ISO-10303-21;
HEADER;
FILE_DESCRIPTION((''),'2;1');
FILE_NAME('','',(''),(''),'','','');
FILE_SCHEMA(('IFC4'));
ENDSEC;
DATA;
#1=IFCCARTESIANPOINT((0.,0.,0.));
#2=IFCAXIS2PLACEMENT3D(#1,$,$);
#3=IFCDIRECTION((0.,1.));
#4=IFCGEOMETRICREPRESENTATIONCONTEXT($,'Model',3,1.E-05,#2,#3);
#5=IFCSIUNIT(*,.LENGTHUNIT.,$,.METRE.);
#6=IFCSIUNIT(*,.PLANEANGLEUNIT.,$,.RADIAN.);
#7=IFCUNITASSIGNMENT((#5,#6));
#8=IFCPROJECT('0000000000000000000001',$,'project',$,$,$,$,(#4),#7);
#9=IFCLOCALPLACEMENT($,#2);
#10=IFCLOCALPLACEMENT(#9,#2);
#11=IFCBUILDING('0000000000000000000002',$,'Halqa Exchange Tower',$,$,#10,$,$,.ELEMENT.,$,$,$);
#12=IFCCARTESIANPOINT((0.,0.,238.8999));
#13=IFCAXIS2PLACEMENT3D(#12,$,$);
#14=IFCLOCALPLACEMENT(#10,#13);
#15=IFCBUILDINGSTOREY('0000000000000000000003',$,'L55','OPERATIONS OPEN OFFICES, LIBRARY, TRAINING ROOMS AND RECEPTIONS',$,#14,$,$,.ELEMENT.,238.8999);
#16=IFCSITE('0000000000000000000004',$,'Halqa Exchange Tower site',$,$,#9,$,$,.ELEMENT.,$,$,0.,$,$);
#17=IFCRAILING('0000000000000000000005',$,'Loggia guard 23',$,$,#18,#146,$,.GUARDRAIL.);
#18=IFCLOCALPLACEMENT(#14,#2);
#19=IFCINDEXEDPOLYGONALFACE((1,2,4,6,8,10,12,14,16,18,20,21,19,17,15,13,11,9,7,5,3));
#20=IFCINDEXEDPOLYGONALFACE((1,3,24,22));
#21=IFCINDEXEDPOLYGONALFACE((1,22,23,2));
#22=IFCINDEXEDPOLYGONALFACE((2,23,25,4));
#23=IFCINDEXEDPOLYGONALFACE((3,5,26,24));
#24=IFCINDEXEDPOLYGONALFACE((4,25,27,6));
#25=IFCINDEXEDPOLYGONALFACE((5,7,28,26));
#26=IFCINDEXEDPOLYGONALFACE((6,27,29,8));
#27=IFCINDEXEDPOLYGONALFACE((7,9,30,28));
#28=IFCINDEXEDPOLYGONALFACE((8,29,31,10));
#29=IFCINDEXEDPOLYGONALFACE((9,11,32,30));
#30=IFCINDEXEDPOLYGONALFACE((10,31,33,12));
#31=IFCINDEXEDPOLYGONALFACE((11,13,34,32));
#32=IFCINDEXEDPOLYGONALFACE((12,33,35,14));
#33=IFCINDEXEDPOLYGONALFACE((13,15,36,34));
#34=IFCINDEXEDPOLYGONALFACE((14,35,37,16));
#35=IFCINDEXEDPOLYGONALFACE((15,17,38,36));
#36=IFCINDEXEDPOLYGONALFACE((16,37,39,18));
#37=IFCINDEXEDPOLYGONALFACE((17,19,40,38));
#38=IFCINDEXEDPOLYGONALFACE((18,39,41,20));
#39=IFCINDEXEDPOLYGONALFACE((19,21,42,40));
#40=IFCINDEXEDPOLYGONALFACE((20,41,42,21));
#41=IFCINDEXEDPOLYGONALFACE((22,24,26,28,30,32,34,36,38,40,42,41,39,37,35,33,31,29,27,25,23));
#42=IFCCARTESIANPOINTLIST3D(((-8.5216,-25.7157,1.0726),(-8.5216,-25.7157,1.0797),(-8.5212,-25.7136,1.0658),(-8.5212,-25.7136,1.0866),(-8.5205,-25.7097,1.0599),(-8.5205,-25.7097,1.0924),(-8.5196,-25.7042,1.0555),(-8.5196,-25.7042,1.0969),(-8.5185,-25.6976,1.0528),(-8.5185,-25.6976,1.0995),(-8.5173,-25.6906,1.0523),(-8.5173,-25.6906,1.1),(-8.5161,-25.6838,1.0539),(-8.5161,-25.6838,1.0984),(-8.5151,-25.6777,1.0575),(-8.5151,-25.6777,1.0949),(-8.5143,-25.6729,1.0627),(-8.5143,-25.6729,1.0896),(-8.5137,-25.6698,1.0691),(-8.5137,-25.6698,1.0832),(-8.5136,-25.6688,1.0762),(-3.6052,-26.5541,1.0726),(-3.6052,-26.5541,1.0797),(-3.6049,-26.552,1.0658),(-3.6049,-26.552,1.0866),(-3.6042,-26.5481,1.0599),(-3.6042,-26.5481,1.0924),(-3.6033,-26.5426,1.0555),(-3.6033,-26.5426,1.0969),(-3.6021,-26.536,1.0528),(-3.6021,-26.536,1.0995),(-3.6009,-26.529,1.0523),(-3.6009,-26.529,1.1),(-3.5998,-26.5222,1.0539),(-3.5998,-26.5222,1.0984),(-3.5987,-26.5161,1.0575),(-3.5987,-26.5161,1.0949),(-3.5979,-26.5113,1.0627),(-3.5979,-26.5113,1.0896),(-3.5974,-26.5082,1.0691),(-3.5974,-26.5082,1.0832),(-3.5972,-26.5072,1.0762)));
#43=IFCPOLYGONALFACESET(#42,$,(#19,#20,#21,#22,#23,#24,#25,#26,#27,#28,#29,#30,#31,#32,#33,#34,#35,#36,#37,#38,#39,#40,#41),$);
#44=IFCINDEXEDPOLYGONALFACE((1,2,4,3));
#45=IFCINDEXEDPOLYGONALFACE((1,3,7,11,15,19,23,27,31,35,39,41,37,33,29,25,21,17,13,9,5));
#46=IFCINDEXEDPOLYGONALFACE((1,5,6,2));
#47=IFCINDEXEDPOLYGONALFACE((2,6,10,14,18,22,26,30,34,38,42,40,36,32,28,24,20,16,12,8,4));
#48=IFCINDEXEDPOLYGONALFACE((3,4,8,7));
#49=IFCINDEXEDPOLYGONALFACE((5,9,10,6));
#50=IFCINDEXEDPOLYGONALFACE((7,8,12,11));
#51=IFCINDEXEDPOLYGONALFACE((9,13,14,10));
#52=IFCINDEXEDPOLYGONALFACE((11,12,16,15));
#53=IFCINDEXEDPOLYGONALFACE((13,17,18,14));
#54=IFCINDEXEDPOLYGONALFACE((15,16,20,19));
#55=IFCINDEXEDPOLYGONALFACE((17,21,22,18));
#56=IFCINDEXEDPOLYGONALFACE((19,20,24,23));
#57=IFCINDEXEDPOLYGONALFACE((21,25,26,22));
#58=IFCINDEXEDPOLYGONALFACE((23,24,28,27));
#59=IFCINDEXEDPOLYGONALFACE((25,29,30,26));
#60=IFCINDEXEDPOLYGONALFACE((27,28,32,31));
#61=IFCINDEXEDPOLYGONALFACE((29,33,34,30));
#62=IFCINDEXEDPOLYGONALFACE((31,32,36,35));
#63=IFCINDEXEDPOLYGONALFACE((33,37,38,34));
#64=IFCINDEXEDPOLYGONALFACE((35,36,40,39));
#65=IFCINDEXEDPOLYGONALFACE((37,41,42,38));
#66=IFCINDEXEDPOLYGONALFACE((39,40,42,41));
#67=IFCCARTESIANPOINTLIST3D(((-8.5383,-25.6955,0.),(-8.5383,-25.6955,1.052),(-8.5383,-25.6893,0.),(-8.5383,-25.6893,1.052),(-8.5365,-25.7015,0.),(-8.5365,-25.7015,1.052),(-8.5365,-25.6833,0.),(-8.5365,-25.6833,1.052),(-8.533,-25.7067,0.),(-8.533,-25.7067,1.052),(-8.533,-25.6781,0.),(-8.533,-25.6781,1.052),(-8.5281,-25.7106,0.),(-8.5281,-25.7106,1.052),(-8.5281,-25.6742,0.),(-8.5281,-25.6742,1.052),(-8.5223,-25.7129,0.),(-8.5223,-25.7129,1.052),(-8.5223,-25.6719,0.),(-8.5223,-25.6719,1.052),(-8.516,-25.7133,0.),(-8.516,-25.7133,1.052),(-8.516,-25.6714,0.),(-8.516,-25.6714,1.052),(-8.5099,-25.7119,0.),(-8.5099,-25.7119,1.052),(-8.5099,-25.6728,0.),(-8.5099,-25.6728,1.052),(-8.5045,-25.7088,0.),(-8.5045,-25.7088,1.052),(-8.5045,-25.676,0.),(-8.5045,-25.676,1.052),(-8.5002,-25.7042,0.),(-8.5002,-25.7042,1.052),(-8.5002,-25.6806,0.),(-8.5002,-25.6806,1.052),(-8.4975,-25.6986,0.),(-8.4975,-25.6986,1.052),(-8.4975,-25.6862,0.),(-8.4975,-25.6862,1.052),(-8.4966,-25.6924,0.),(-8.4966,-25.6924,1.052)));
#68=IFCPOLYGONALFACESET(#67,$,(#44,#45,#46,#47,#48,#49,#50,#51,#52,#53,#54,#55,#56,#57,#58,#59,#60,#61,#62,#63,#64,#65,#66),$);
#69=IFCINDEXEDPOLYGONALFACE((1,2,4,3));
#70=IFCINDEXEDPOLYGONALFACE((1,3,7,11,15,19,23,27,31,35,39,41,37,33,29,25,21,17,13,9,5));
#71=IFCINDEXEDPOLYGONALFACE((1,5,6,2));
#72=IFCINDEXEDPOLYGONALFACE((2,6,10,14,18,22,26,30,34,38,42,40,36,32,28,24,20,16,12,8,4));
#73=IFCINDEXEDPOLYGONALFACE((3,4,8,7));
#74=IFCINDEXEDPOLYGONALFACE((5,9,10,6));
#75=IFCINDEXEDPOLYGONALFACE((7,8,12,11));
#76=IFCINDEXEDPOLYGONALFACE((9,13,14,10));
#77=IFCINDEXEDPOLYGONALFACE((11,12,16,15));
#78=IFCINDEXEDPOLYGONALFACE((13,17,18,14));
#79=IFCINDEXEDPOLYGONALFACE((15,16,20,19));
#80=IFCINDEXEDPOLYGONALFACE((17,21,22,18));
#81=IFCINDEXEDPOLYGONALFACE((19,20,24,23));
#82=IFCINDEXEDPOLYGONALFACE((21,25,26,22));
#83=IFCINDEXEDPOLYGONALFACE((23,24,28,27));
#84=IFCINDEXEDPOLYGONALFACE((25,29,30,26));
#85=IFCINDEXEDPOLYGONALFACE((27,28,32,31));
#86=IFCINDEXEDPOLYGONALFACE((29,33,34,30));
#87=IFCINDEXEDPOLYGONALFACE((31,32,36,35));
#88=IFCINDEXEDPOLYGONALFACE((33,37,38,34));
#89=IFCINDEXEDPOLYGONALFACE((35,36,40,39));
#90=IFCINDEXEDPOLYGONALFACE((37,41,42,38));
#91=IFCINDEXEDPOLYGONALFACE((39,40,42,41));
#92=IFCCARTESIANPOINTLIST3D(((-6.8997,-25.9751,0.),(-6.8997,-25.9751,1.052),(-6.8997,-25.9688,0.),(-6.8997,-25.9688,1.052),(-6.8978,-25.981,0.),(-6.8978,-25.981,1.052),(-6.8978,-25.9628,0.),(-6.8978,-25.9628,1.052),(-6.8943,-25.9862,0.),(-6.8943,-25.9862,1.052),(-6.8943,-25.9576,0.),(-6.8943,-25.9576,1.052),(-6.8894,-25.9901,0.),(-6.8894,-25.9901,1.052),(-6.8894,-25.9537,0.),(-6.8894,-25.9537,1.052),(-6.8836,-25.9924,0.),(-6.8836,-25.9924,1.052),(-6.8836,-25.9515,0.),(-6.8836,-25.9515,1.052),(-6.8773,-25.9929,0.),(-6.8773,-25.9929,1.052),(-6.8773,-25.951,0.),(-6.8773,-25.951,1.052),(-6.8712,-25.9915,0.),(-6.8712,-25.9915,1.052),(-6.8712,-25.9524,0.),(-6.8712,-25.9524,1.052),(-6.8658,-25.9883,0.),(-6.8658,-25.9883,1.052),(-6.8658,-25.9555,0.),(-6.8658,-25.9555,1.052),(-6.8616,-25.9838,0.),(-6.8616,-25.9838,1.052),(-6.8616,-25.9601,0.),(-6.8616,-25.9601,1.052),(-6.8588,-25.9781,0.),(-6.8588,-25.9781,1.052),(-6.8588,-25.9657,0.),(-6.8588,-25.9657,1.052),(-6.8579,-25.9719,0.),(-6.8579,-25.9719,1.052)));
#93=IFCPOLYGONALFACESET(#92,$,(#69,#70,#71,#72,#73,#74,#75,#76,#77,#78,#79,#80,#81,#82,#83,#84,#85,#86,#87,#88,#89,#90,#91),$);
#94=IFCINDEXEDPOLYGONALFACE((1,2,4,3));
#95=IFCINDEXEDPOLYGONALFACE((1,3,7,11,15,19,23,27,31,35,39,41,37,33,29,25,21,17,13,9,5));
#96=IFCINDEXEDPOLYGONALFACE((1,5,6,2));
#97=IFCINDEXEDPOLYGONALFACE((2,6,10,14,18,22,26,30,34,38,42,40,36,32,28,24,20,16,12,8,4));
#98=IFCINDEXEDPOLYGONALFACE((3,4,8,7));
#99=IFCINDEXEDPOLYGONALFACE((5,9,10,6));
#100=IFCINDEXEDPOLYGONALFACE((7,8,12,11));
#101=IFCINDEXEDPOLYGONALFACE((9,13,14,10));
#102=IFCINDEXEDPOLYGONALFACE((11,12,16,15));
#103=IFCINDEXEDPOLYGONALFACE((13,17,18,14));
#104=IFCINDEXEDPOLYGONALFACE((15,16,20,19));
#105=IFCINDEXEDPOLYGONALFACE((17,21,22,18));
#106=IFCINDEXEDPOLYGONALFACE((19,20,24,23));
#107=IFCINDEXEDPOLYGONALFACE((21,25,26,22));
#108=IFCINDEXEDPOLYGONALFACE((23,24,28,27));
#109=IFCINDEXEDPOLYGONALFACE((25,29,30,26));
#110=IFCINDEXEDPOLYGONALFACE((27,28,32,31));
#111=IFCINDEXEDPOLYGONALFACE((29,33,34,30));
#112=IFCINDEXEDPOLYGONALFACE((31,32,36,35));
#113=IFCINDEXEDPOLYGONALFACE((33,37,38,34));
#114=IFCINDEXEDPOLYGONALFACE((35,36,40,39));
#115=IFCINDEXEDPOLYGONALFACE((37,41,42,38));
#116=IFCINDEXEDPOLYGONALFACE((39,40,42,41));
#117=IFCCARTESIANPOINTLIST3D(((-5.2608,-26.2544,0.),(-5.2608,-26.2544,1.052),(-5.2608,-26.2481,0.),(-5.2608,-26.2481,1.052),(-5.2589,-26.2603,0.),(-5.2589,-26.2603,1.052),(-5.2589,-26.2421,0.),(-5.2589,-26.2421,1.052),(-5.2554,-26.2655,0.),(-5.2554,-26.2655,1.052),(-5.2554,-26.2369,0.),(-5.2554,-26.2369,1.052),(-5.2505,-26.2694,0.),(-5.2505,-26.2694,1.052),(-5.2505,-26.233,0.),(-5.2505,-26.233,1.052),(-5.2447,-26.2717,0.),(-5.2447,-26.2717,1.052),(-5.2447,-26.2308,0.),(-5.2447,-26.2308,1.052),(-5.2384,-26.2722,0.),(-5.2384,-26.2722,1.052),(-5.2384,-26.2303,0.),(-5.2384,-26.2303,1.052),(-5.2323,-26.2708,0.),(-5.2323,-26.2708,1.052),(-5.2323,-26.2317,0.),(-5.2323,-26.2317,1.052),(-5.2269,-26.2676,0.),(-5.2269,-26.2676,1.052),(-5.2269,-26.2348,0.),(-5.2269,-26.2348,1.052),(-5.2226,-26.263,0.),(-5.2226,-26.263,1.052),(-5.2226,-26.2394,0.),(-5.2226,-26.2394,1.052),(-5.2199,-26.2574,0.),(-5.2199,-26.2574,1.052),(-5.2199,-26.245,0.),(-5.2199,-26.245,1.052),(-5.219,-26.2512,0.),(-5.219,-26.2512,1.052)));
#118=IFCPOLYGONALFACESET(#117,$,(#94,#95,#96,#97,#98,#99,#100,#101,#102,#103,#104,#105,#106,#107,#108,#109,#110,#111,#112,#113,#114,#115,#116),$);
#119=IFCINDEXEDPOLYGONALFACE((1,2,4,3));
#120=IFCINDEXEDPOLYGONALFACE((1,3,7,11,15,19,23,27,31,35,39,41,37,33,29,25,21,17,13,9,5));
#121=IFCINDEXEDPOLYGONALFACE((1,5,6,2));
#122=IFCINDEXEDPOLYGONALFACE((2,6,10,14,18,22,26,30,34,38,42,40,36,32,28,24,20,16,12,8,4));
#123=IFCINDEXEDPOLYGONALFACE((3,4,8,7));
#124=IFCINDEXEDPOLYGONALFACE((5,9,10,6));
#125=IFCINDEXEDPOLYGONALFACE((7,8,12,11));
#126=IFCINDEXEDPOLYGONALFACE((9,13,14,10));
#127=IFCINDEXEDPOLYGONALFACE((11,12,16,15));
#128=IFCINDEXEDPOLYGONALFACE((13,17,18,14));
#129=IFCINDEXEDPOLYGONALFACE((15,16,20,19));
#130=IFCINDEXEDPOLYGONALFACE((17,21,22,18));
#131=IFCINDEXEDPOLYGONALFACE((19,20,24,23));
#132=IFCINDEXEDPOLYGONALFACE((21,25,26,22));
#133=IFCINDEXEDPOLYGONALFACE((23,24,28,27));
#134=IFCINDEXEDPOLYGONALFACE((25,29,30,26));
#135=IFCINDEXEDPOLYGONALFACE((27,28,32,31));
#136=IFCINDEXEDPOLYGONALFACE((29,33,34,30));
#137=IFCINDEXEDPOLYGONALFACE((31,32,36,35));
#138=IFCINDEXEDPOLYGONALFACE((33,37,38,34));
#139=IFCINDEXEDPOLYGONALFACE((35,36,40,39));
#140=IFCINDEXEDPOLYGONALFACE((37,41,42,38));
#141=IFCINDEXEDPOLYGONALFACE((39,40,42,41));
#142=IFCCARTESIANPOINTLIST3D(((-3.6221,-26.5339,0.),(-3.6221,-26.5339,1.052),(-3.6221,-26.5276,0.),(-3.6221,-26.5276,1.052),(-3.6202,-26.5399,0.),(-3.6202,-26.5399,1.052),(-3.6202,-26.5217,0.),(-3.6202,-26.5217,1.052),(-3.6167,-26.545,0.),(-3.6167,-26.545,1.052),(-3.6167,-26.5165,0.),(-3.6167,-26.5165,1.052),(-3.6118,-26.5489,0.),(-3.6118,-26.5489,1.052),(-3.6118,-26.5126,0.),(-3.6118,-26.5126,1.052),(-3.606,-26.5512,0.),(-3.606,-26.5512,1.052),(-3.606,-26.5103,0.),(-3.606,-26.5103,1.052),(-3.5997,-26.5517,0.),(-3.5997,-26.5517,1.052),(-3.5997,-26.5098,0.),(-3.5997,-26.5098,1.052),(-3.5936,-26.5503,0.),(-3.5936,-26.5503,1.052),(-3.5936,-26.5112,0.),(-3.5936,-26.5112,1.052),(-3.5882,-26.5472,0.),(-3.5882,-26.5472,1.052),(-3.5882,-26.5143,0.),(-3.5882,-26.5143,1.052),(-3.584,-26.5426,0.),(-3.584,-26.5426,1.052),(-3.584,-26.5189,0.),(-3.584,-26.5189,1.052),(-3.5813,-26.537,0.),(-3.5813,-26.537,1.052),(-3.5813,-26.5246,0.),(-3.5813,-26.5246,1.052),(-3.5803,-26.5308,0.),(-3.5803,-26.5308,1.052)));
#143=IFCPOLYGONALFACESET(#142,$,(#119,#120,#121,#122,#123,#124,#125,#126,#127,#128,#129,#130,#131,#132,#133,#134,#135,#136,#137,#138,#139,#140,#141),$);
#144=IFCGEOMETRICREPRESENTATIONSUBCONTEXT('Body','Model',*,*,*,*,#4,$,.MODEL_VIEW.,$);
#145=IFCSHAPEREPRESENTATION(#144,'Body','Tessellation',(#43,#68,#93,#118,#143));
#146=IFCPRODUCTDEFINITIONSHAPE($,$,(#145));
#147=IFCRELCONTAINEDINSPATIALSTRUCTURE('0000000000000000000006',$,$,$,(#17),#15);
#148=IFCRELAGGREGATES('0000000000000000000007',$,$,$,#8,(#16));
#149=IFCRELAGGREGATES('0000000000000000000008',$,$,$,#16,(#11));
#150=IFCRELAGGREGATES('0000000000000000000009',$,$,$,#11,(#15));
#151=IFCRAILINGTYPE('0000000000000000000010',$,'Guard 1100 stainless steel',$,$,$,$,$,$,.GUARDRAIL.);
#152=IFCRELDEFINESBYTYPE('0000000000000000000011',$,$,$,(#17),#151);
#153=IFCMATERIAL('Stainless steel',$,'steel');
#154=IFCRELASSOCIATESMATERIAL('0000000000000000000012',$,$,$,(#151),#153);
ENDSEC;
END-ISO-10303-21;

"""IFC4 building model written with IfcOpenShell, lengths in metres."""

from ifc_helpers import new_model, si_unit, direction, frame, origin, origin_2d, place, context, subcontext, project, spatial, circle, extrude, material, type_object, element, save


model = new_model("IFC4")

# Units and contexts
model_context = context("Model", 3, precision=1e-05, world=origin(), true_north=direction((0.0, 1.0)))
body_context = subcontext(model_context, "Body", "Model", "MODEL_VIEW")
ifc_project = project(units=[si_unit("LENGTHUNIT", "METRE"), si_unit("PLANEANGLEUNIT", "RADIAN")], contexts=[model_context])

# Site, building, storey
site_placement = place(None, origin())
site = spatial("IfcSite", under=ifc_project, at=site_placement, Name="Halqa Exchange Tower site", CompositionType="ELEMENT", RefElevation=0.0)
building_placement = place(site_placement, origin())
building = spatial("IfcBuilding", under=site, at=building_placement, Name="Halqa Exchange Tower", CompositionType="ELEMENT")
storey_placement = place(building_placement, frame((0.0, 0.0, 238.8999)))
storey = spatial("IfcBuildingStorey", under=building, at=storey_placement, Name="L55", Description="OPERATIONS OPEN OFFICES, LIBRARY, TRAINING ROOMS AND RECEPTIONS", CompositionType="ELEMENT", Elevation=238.8999)

# Railing
ifc_material_1 = material(Name="Stainless steel", Category="steel")
railing_type = type_object("IfcRailingType", Name="Guard 1100 stainless steel", PredefinedType="GUARDRAIL", material=ifc_material_1)
railing_1_placement = place(storey_placement, frame((-8.5176, -25.6924, 0.0)))
element("IfcRailing", 1, at=railing_1_placement, inside=storey, type_object=railing_type, Name="Loggia guard 23", PredefinedType="GUARDRAIL", context=body_context, shape_type="SweptSolid", body=[
    extrude(circle(Radius=0.0239, at=origin_2d()), frame((0.0, 0.0, 1.0762), z_axis=(0.985769, -0.168105, 0.0), x_axis=(0.168105, 0.985769, 0.0)), (0.0, 0.0, 1.0), 4.9873),
    extrude(circle(Radius=0.021, at=origin_2d()), origin(), (0.0, 0.0, 1.0), 1.052),
    extrude(circle(Radius=0.021, at=origin_2d()), frame((1.6387, -0.2795, 0.0)), (0.0, 0.0, 1.0), 1.052),
    extrude(circle(Radius=0.021, at=origin_2d()), frame((3.2776, -0.5588, 0.0)), (0.0, 0.0, 1.0), 1.052),
    extrude(circle(Radius=0.021, at=origin_2d()), frame((4.9163, -0.8384, 0.0)), (0.0, 0.0, 1.0), 1.052),
])

save(model, "model.ifc")
